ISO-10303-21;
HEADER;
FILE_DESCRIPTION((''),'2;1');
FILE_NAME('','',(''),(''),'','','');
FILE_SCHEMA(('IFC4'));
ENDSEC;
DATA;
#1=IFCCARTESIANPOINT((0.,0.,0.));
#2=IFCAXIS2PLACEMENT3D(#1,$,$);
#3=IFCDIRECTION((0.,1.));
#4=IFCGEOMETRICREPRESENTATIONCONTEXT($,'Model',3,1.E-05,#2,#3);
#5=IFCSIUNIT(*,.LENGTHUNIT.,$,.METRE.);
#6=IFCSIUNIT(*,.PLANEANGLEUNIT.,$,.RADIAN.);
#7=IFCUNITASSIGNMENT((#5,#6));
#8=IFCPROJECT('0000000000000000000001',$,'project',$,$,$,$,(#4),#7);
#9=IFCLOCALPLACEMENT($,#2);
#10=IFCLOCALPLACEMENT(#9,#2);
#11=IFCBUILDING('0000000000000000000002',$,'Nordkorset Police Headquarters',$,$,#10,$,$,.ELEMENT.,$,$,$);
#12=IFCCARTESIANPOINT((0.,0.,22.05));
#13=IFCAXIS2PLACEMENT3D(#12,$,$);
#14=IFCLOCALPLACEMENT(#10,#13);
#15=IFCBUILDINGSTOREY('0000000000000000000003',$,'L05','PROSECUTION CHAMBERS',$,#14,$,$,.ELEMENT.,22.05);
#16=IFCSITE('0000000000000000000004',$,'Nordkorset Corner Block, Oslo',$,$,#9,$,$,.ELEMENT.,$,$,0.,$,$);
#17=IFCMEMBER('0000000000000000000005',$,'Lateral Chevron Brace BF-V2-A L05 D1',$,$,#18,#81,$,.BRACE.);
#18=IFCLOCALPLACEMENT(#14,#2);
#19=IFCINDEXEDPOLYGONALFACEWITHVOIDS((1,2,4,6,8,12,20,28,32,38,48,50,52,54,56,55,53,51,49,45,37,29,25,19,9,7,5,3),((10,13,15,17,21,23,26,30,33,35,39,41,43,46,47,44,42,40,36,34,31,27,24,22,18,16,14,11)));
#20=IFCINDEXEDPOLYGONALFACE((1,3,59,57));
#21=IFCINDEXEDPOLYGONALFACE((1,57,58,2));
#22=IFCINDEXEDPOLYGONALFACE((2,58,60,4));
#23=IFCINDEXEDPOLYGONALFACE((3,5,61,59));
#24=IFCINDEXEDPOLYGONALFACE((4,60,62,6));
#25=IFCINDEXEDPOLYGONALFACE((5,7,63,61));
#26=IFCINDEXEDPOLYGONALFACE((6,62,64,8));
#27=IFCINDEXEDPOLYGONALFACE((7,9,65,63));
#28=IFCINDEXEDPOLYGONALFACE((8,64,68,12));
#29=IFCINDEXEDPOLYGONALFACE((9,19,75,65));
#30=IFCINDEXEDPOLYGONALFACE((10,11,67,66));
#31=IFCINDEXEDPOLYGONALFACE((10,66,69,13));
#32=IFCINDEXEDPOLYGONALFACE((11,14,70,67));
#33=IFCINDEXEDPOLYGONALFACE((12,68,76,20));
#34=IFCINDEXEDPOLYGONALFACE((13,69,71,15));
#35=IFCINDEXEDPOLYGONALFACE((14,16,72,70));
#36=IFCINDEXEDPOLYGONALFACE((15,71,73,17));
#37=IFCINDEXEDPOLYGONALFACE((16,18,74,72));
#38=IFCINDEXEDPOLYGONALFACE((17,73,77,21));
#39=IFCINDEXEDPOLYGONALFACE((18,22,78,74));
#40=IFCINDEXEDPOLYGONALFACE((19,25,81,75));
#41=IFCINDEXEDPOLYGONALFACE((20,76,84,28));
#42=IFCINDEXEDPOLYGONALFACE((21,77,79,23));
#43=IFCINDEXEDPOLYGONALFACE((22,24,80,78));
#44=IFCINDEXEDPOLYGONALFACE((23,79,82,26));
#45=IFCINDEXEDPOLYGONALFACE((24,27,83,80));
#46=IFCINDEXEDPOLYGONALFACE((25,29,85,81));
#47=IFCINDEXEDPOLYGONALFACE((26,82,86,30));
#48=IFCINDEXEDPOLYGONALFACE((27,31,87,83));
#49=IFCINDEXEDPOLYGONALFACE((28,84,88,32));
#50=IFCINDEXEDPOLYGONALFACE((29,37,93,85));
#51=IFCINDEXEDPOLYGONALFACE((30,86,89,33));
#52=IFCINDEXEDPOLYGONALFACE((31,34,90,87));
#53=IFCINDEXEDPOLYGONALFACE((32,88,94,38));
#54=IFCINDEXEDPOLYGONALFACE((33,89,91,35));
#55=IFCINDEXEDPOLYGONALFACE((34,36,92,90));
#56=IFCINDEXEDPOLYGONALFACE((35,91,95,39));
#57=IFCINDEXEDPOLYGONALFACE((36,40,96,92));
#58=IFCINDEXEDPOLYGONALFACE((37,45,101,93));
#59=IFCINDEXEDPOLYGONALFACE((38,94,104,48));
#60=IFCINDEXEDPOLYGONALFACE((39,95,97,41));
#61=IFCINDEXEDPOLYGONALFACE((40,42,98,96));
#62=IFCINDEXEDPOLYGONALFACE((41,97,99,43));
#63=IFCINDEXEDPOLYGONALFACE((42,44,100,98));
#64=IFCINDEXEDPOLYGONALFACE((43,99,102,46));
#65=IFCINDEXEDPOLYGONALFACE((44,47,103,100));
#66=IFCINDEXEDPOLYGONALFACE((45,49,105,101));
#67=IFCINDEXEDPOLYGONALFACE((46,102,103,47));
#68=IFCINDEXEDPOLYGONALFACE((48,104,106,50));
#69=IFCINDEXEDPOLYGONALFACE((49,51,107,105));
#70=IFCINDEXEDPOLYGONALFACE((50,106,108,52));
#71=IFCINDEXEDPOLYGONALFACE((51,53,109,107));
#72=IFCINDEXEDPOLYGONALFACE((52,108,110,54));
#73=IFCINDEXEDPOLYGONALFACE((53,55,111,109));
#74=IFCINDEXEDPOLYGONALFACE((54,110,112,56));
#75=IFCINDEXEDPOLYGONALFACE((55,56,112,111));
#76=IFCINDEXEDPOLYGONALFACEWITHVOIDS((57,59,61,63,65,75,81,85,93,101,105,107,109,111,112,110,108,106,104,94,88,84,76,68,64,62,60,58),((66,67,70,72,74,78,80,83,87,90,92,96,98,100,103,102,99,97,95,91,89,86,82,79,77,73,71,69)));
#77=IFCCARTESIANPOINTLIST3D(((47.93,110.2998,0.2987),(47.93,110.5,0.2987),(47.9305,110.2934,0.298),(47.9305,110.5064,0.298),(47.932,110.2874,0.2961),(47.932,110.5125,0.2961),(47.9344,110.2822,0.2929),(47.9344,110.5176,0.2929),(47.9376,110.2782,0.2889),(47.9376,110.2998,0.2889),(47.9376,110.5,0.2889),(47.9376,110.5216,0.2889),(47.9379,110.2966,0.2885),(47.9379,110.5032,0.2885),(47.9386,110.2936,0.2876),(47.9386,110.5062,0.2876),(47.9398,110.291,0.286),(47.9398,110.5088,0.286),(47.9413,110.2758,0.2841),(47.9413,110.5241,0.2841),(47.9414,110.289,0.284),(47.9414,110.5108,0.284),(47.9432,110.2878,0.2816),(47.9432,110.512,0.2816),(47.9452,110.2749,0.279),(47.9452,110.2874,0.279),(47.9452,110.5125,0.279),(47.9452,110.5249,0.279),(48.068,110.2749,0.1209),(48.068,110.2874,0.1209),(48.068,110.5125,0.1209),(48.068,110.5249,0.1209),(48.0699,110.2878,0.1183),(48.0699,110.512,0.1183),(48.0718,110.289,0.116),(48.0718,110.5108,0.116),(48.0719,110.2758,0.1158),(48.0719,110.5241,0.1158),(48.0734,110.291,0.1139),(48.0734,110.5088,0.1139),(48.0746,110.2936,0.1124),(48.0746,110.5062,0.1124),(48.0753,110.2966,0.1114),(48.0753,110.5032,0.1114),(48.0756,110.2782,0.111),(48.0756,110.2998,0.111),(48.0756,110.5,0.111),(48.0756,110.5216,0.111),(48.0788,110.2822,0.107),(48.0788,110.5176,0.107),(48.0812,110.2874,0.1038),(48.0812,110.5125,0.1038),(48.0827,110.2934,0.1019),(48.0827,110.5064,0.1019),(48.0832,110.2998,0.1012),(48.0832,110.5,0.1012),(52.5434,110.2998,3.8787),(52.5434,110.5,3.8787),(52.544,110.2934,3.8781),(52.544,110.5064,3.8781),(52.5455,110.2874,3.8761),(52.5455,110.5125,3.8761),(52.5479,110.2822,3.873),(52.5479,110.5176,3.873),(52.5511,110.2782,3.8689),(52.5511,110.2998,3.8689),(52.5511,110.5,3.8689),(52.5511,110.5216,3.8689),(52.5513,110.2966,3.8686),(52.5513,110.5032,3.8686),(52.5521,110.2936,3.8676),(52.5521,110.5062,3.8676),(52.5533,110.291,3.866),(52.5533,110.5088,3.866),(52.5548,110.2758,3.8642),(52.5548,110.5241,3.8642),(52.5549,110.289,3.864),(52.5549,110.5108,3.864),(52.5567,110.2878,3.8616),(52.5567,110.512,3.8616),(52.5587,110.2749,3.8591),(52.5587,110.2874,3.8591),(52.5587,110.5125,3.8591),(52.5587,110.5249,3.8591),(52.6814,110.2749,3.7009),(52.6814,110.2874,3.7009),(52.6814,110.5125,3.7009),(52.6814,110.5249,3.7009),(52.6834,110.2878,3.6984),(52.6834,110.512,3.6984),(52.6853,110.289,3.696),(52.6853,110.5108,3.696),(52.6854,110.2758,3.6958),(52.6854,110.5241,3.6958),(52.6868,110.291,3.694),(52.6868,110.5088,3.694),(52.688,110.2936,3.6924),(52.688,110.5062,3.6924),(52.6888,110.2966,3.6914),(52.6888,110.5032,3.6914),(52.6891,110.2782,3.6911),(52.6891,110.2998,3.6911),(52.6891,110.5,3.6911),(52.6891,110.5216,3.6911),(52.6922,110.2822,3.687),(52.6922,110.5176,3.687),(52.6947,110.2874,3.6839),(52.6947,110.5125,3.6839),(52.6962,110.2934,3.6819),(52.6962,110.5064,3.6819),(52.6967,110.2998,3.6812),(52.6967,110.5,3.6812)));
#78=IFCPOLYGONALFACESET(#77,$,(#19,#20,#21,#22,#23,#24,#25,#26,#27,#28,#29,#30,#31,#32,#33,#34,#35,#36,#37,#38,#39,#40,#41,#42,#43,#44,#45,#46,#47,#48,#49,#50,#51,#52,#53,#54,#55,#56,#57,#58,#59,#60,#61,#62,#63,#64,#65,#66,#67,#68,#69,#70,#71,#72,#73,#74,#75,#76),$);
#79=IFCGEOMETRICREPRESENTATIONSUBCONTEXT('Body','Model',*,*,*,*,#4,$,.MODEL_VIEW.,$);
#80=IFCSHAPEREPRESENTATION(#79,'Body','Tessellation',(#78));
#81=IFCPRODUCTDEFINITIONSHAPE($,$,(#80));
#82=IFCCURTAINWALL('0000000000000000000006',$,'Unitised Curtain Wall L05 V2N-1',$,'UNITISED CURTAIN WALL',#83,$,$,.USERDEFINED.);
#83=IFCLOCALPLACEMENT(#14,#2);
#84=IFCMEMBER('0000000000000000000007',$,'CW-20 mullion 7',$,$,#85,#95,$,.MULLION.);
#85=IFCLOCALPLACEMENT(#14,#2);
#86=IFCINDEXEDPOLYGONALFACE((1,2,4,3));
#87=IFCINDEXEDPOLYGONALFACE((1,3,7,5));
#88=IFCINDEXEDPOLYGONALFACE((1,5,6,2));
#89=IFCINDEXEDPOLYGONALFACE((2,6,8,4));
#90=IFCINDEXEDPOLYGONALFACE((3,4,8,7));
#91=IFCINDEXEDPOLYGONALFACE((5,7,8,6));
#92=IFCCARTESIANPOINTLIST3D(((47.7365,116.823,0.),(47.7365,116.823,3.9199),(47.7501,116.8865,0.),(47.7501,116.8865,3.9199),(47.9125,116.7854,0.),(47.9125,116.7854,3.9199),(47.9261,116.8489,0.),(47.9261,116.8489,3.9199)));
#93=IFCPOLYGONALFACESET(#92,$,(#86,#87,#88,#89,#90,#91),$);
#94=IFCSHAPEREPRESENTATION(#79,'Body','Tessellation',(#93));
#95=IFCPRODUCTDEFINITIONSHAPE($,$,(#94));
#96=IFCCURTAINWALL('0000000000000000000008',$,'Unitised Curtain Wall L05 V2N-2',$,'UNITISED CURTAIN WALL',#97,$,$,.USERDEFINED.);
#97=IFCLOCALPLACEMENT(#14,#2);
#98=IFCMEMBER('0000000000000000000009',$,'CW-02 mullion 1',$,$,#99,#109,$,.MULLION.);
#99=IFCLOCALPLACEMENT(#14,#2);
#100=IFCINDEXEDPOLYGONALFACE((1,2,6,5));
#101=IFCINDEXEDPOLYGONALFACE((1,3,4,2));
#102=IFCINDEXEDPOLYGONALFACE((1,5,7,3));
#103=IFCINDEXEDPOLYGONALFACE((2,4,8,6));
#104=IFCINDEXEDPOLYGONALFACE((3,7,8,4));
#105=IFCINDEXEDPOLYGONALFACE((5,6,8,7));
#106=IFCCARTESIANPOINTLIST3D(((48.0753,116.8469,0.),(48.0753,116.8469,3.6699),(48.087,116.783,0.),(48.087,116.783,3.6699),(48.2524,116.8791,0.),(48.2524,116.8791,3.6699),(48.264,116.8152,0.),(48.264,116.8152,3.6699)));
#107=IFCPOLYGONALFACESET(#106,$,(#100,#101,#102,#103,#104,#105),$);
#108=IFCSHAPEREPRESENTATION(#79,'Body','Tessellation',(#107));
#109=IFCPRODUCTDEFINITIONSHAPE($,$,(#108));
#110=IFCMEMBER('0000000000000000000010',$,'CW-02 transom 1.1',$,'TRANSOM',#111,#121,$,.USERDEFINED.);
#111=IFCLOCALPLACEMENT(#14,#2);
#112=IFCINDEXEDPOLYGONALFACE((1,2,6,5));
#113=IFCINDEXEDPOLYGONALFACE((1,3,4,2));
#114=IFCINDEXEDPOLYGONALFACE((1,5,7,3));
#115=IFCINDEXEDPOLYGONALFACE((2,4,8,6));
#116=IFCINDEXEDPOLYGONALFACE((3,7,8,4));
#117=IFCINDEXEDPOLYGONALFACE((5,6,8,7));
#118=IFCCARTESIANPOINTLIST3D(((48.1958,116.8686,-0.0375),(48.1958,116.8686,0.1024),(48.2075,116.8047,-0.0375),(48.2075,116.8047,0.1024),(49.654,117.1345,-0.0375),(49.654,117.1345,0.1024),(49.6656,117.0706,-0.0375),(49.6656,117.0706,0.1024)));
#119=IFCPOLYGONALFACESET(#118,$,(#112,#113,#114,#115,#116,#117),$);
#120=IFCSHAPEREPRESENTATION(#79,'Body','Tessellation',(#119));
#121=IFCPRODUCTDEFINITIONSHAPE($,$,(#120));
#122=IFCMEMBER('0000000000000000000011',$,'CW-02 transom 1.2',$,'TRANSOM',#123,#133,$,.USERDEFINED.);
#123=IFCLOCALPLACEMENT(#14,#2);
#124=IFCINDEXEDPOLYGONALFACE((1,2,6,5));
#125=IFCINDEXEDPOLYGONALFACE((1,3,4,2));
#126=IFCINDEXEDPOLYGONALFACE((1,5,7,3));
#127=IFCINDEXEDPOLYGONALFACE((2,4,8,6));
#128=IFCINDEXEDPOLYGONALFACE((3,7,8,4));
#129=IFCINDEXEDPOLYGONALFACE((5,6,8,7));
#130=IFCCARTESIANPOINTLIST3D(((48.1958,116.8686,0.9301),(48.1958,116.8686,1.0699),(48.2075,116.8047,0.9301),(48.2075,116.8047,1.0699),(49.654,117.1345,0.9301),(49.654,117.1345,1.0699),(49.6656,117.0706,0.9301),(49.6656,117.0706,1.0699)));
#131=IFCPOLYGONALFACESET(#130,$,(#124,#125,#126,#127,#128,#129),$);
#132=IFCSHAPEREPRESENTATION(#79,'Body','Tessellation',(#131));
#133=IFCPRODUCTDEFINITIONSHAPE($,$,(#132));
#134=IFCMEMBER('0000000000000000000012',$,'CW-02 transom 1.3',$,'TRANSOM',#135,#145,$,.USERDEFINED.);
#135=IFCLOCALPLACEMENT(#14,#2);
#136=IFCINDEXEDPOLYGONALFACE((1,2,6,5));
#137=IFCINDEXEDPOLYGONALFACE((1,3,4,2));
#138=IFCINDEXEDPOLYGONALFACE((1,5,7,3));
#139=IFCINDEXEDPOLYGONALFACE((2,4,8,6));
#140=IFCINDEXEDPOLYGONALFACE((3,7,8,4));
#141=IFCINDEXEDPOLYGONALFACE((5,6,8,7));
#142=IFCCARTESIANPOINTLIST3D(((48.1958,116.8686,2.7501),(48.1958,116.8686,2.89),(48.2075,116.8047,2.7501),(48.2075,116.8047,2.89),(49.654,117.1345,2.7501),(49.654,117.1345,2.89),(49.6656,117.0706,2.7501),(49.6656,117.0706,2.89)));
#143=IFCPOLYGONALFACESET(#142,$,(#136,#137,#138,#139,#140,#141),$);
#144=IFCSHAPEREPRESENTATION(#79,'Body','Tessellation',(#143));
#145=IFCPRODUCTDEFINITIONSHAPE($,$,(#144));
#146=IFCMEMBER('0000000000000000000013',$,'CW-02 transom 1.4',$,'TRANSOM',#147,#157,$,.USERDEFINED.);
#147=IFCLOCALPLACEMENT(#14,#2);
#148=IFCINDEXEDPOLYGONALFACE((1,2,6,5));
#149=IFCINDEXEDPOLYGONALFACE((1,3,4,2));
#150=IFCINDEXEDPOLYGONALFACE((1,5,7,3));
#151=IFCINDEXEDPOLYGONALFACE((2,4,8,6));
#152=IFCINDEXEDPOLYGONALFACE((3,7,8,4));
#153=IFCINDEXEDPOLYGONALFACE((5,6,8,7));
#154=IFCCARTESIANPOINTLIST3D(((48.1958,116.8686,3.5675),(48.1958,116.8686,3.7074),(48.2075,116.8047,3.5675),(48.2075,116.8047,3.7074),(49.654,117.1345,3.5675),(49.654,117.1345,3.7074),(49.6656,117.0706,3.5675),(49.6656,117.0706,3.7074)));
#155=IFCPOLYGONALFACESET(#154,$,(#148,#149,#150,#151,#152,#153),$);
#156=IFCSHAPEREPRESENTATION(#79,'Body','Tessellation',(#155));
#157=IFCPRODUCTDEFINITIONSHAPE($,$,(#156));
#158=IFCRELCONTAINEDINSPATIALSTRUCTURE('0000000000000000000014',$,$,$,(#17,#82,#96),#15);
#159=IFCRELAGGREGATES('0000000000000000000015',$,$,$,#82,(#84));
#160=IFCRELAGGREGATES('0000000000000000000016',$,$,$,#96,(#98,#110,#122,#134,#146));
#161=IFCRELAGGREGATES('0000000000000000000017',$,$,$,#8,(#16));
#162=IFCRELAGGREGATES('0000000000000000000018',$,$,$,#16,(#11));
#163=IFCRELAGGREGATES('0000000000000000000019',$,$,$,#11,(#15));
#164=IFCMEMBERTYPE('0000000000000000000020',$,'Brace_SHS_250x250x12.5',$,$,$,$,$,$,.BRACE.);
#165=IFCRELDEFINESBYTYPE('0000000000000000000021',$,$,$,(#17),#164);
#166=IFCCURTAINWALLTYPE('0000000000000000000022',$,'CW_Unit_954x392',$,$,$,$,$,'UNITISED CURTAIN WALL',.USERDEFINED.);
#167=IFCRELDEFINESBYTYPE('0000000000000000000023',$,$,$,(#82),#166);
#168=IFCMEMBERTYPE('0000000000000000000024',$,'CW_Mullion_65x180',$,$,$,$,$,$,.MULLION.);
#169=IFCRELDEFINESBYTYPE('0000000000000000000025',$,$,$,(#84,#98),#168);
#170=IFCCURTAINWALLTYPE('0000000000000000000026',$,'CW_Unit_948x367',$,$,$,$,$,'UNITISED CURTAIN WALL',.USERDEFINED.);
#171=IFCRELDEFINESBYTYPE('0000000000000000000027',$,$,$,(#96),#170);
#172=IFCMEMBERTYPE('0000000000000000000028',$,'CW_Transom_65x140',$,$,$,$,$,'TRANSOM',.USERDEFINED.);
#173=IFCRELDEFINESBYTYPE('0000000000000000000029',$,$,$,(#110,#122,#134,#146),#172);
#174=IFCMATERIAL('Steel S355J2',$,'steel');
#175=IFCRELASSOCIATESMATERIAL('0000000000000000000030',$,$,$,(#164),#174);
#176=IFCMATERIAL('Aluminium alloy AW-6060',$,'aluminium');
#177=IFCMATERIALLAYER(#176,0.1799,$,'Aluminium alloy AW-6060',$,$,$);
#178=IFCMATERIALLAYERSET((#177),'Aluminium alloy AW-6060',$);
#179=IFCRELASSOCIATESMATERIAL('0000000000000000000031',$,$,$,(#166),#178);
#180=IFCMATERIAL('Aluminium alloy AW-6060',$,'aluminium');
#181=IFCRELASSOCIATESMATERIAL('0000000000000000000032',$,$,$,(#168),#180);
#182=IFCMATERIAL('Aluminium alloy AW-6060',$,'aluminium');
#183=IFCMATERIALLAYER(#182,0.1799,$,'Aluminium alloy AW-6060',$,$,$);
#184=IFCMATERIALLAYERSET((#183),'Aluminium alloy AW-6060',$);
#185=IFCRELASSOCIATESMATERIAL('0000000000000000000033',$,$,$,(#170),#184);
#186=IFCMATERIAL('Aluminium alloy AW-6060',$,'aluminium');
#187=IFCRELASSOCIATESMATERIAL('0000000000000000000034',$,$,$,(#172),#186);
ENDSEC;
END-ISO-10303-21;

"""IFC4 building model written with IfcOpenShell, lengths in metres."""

from ifc_helpers import new_model, si_unit, direction, frame, origin, origin_2d, place, context, subcontext, project, spatial, rectangle, hollow_rectangle, extrude, material, layer, layer_set, material_profile, profile_set, type_object, element, aggregate, save


model = new_model("IFC4")

# Units and contexts
model_context = context("Model", 3, precision=1e-05, world=origin(), true_north=direction((0.0, 1.0)))
body_context = subcontext(model_context, "Body", "Model", "MODEL_VIEW")
ifc_project = project(units=[si_unit("LENGTHUNIT", "METRE"), si_unit("PLANEANGLEUNIT", "RADIAN")], contexts=[model_context])

# Site, building, storey
site_placement = place(None, origin())
site = spatial("IfcSite", under=ifc_project, at=site_placement, Name="Nordkorset Corner Block, Oslo", CompositionType="ELEMENT", RefElevation=0.0)
building_placement = place(site_placement, origin())
building = spatial("IfcBuilding", under=site, at=building_placement, Name="Nordkorset Police Headquarters", CompositionType="ELEMENT")
storey_placement = place(building_placement, frame((0.0, 0.0, 22.05)))
storey = spatial("IfcBuildingStorey", under=building, at=storey_placement, Name="L05", Description="PROSECUTION CHAMBERS", CompositionType="ELEMENT", Elevation=22.05)

# Member
ifc_material_1 = material(Name="Steel S355J2", Category="steel")
ifc_material_profile_1 = material_profile(ifc_material_1, hollow_rectangle(XDim=0.25, YDim=0.25, WallThickness=0.0125, InnerFilletRadius=0.0125, OuterFilletRadius=0.0249, at=origin_2d()), Name="SHS 250x250x12.5")
ifc_profile_set_1 = profile_set([ifc_material_profile_1], Name="Steel S355J2")
member_type_1 = type_object("IfcMemberType", Name="Brace_SHS_250x250x12.5", PredefinedType="BRACE", material=ifc_profile_set_1)
member_1_placement = place(storey_placement, frame((48.0066, 110.3999, 0.2), z_axis=(0.790034, 0.0, 0.613063), x_axis=(0.0, 1.0, 0.0)))
element("IfcMember", 1, at=member_1_placement, inside=storey, type_object=member_type_1, Name="Lateral Chevron Brace BF-V2-A L05 D1", PredefinedType="BRACE", context=body_context, shape_type="SweptSolid", body=[
    extrude(hollow_rectangle(XDim=0.25, YDim=0.25, WallThickness=0.0125, InnerFilletRadius=0.0125, OuterFilletRadius=0.0249, at=origin_2d()), origin(), (0.0, 0.0, 1.0), 5.8396),
])

# Curtain wall, member
ifc_material_2 = material(Name="Aluminium alloy AW-6060", Category="aluminium")
ifc_layer_1 = layer(ifc_material_2, 0.1799, Name="Aluminium alloy AW-6060")
ifc_layer_set_1 = layer_set([ifc_layer_1], Name="Aluminium alloy AW-6060")
curtain_wall_type_1 = type_object("IfcCurtainWallType", Name="CW_Unit_954x392", ElementType="UNITISED CURTAIN WALL", PredefinedType="USERDEFINED", material=ifc_layer_set_1)
curtain_wall_1_placement = place(storey_placement, origin())
curtain_wall_1 = element("IfcCurtainWall", 2, at=curtain_wall_1_placement, inside=storey, type_object=curtain_wall_type_1, Name="Unitised Curtain Wall L05 V2N-1", ObjectType="UNITISED CURTAIN WALL", PredefinedType="USERDEFINED")
ifc_material_3 = material(Name="Aluminium alloy AW-6060", Category="aluminium")
ifc_material_profile_2 = material_profile(ifc_material_3, rectangle(XDim=0.0649, YDim=0.1799, at=origin_2d()), Name="ALU MULL 65x180")
ifc_profile_set_2 = profile_set([ifc_material_profile_2], Name="Aluminium alloy AW-6060")
member_type_2 = type_object("IfcMemberType", Name="CW_Mullion_65x180", PredefinedType="MULLION", material=ifc_profile_set_2)
member_2_placement = place(storey_placement, frame((47.8313, 116.8359, 0.0), z_axis=(0.0, 0.0, 1.0), x_axis=(0.208833, 0.977951, 0.0)))
member_2 = element("IfcMember", 3, at=member_2_placement, type_object=member_type_2, Name="CW-20 mullion 7", PredefinedType="MULLION", context=body_context, shape_type="SweptSolid", body=[
    extrude(rectangle(XDim=0.0649, YDim=0.1799, at=origin_2d()), origin(), (0.0, 0.0, 1.0), 3.9199),
])

# Curtain wall, members
ifc_material_4 = material(Name="Aluminium alloy AW-6060", Category="aluminium")
ifc_layer_2 = layer(ifc_material_4, 0.1799, Name="Aluminium alloy AW-6060")
ifc_layer_set_2 = layer_set([ifc_layer_2], Name="Aluminium alloy AW-6060")
curtain_wall_type_2 = type_object("IfcCurtainWallType", Name="CW_Unit_948x367", ElementType="UNITISED CURTAIN WALL", PredefinedType="USERDEFINED", material=ifc_layer_set_2)
curtain_wall_2_placement = place(storey_placement, origin())
curtain_wall_2 = element("IfcCurtainWall", 4, at=curtain_wall_2_placement, inside=storey, type_object=curtain_wall_type_2, Name="Unitised Curtain Wall L05 V2N-2", ObjectType="UNITISED CURTAIN WALL", PredefinedType="USERDEFINED")
member_3_placement = place(storey_placement, frame((48.1697, 116.8311, 0.0), z_axis=(0.0, 0.0, 1.0), x_axis=(-0.179336, 0.983788, 0.0)))
member_3 = element("IfcMember", 5, at=member_3_placement, type_object=member_type_2, Name="CW-02 mullion 1", PredefinedType="MULLION", context=body_context, shape_type="SweptSolid", body=[
    extrude(rectangle(XDim=0.0649, YDim=0.1799, at=origin_2d()), origin(), (0.0, 0.0, 1.0), 3.6699),
])
ifc_material_5 = material(Name="Aluminium alloy AW-6060", Category="aluminium")
ifc_material_profile_3 = material_profile(ifc_material_5, rectangle(XDim=0.0649, YDim=0.1399, at=origin_2d()), Name="ALU TRAN 65x140")
ifc_profile_set_3 = profile_set([ifc_material_profile_3], Name="Aluminium alloy AW-6060")
member_type_3 = type_object("IfcMemberType", Name="CW_Transom_65x140", ElementType="TRANSOM", PredefinedType="USERDEFINED", material=ifc_profile_set_3)
member_4_placement = place(storey_placement, frame((48.2017, 116.8367, 0.0325), z_axis=(0.983783, 0.179364, 0.0), x_axis=(-0.179364, 0.983783, 0.0)))
member_4 = element("IfcMember", 6, at=member_4_placement, type_object=member_type_3, Name="CW-02 transom 1.1", ObjectType="TRANSOM", PredefinedType="USERDEFINED", context=body_context, shape_type="SweptSolid", body=[
    extrude(rectangle(XDim=0.0649, YDim=0.1399, at=origin_2d()), origin(), (0.0, 0.0, 1.0), 1.4822),
])
member_5_placement = place(storey_placement, frame((48.2017, 116.8367, 1.0), z_axis=(0.983783, 0.179364, 0.0), x_axis=(-0.179364, 0.983783, 0.0)))
member_5 = element("IfcMember", 7, at=member_5_placement, type_object=member_type_3, Name="CW-02 transom 1.2", ObjectType="TRANSOM", PredefinedType="USERDEFINED", context=body_context, shape_type="SweptSolid", body=[
    extrude(rectangle(XDim=0.0649, YDim=0.1399, at=origin_2d()), origin(), (0.0, 0.0, 1.0), 1.4822),
])
member_6_placement = place(storey_placement, frame((48.2017, 116.8367, 2.8201), z_axis=(0.983783, 0.179364, 0.0), x_axis=(-0.179364, 0.983783, 0.0)))
member_6 = element("IfcMember", 8, at=member_6_placement, type_object=member_type_3, Name="CW-02 transom 1.3", ObjectType="TRANSOM", PredefinedType="USERDEFINED", context=body_context, shape_type="SweptSolid", body=[
    extrude(rectangle(XDim=0.0649, YDim=0.1399, at=origin_2d()), origin(), (0.0, 0.0, 1.0), 1.4822),
])
member_7_placement = place(storey_placement, frame((48.2017, 116.8367, 3.6375), z_axis=(0.983783, 0.179364, 0.0), x_axis=(-0.179364, 0.983783, 0.0)))
member_7 = element("IfcMember", 9, at=member_7_placement, type_object=member_type_3, Name="CW-02 transom 1.4", ObjectType="TRANSOM", PredefinedType="USERDEFINED", context=body_context, shape_type="SweptSolid", body=[
    extrude(rectangle(XDim=0.0649, YDim=0.1399, at=origin_2d()), origin(), (0.0, 0.0, 1.0), 1.4822),
])

aggregate(curtain_wall_1, [member_2])
aggregate(curtain_wall_2, [member_3, member_4, member_5, member_6, member_7])

save(model, "model.ifc")
